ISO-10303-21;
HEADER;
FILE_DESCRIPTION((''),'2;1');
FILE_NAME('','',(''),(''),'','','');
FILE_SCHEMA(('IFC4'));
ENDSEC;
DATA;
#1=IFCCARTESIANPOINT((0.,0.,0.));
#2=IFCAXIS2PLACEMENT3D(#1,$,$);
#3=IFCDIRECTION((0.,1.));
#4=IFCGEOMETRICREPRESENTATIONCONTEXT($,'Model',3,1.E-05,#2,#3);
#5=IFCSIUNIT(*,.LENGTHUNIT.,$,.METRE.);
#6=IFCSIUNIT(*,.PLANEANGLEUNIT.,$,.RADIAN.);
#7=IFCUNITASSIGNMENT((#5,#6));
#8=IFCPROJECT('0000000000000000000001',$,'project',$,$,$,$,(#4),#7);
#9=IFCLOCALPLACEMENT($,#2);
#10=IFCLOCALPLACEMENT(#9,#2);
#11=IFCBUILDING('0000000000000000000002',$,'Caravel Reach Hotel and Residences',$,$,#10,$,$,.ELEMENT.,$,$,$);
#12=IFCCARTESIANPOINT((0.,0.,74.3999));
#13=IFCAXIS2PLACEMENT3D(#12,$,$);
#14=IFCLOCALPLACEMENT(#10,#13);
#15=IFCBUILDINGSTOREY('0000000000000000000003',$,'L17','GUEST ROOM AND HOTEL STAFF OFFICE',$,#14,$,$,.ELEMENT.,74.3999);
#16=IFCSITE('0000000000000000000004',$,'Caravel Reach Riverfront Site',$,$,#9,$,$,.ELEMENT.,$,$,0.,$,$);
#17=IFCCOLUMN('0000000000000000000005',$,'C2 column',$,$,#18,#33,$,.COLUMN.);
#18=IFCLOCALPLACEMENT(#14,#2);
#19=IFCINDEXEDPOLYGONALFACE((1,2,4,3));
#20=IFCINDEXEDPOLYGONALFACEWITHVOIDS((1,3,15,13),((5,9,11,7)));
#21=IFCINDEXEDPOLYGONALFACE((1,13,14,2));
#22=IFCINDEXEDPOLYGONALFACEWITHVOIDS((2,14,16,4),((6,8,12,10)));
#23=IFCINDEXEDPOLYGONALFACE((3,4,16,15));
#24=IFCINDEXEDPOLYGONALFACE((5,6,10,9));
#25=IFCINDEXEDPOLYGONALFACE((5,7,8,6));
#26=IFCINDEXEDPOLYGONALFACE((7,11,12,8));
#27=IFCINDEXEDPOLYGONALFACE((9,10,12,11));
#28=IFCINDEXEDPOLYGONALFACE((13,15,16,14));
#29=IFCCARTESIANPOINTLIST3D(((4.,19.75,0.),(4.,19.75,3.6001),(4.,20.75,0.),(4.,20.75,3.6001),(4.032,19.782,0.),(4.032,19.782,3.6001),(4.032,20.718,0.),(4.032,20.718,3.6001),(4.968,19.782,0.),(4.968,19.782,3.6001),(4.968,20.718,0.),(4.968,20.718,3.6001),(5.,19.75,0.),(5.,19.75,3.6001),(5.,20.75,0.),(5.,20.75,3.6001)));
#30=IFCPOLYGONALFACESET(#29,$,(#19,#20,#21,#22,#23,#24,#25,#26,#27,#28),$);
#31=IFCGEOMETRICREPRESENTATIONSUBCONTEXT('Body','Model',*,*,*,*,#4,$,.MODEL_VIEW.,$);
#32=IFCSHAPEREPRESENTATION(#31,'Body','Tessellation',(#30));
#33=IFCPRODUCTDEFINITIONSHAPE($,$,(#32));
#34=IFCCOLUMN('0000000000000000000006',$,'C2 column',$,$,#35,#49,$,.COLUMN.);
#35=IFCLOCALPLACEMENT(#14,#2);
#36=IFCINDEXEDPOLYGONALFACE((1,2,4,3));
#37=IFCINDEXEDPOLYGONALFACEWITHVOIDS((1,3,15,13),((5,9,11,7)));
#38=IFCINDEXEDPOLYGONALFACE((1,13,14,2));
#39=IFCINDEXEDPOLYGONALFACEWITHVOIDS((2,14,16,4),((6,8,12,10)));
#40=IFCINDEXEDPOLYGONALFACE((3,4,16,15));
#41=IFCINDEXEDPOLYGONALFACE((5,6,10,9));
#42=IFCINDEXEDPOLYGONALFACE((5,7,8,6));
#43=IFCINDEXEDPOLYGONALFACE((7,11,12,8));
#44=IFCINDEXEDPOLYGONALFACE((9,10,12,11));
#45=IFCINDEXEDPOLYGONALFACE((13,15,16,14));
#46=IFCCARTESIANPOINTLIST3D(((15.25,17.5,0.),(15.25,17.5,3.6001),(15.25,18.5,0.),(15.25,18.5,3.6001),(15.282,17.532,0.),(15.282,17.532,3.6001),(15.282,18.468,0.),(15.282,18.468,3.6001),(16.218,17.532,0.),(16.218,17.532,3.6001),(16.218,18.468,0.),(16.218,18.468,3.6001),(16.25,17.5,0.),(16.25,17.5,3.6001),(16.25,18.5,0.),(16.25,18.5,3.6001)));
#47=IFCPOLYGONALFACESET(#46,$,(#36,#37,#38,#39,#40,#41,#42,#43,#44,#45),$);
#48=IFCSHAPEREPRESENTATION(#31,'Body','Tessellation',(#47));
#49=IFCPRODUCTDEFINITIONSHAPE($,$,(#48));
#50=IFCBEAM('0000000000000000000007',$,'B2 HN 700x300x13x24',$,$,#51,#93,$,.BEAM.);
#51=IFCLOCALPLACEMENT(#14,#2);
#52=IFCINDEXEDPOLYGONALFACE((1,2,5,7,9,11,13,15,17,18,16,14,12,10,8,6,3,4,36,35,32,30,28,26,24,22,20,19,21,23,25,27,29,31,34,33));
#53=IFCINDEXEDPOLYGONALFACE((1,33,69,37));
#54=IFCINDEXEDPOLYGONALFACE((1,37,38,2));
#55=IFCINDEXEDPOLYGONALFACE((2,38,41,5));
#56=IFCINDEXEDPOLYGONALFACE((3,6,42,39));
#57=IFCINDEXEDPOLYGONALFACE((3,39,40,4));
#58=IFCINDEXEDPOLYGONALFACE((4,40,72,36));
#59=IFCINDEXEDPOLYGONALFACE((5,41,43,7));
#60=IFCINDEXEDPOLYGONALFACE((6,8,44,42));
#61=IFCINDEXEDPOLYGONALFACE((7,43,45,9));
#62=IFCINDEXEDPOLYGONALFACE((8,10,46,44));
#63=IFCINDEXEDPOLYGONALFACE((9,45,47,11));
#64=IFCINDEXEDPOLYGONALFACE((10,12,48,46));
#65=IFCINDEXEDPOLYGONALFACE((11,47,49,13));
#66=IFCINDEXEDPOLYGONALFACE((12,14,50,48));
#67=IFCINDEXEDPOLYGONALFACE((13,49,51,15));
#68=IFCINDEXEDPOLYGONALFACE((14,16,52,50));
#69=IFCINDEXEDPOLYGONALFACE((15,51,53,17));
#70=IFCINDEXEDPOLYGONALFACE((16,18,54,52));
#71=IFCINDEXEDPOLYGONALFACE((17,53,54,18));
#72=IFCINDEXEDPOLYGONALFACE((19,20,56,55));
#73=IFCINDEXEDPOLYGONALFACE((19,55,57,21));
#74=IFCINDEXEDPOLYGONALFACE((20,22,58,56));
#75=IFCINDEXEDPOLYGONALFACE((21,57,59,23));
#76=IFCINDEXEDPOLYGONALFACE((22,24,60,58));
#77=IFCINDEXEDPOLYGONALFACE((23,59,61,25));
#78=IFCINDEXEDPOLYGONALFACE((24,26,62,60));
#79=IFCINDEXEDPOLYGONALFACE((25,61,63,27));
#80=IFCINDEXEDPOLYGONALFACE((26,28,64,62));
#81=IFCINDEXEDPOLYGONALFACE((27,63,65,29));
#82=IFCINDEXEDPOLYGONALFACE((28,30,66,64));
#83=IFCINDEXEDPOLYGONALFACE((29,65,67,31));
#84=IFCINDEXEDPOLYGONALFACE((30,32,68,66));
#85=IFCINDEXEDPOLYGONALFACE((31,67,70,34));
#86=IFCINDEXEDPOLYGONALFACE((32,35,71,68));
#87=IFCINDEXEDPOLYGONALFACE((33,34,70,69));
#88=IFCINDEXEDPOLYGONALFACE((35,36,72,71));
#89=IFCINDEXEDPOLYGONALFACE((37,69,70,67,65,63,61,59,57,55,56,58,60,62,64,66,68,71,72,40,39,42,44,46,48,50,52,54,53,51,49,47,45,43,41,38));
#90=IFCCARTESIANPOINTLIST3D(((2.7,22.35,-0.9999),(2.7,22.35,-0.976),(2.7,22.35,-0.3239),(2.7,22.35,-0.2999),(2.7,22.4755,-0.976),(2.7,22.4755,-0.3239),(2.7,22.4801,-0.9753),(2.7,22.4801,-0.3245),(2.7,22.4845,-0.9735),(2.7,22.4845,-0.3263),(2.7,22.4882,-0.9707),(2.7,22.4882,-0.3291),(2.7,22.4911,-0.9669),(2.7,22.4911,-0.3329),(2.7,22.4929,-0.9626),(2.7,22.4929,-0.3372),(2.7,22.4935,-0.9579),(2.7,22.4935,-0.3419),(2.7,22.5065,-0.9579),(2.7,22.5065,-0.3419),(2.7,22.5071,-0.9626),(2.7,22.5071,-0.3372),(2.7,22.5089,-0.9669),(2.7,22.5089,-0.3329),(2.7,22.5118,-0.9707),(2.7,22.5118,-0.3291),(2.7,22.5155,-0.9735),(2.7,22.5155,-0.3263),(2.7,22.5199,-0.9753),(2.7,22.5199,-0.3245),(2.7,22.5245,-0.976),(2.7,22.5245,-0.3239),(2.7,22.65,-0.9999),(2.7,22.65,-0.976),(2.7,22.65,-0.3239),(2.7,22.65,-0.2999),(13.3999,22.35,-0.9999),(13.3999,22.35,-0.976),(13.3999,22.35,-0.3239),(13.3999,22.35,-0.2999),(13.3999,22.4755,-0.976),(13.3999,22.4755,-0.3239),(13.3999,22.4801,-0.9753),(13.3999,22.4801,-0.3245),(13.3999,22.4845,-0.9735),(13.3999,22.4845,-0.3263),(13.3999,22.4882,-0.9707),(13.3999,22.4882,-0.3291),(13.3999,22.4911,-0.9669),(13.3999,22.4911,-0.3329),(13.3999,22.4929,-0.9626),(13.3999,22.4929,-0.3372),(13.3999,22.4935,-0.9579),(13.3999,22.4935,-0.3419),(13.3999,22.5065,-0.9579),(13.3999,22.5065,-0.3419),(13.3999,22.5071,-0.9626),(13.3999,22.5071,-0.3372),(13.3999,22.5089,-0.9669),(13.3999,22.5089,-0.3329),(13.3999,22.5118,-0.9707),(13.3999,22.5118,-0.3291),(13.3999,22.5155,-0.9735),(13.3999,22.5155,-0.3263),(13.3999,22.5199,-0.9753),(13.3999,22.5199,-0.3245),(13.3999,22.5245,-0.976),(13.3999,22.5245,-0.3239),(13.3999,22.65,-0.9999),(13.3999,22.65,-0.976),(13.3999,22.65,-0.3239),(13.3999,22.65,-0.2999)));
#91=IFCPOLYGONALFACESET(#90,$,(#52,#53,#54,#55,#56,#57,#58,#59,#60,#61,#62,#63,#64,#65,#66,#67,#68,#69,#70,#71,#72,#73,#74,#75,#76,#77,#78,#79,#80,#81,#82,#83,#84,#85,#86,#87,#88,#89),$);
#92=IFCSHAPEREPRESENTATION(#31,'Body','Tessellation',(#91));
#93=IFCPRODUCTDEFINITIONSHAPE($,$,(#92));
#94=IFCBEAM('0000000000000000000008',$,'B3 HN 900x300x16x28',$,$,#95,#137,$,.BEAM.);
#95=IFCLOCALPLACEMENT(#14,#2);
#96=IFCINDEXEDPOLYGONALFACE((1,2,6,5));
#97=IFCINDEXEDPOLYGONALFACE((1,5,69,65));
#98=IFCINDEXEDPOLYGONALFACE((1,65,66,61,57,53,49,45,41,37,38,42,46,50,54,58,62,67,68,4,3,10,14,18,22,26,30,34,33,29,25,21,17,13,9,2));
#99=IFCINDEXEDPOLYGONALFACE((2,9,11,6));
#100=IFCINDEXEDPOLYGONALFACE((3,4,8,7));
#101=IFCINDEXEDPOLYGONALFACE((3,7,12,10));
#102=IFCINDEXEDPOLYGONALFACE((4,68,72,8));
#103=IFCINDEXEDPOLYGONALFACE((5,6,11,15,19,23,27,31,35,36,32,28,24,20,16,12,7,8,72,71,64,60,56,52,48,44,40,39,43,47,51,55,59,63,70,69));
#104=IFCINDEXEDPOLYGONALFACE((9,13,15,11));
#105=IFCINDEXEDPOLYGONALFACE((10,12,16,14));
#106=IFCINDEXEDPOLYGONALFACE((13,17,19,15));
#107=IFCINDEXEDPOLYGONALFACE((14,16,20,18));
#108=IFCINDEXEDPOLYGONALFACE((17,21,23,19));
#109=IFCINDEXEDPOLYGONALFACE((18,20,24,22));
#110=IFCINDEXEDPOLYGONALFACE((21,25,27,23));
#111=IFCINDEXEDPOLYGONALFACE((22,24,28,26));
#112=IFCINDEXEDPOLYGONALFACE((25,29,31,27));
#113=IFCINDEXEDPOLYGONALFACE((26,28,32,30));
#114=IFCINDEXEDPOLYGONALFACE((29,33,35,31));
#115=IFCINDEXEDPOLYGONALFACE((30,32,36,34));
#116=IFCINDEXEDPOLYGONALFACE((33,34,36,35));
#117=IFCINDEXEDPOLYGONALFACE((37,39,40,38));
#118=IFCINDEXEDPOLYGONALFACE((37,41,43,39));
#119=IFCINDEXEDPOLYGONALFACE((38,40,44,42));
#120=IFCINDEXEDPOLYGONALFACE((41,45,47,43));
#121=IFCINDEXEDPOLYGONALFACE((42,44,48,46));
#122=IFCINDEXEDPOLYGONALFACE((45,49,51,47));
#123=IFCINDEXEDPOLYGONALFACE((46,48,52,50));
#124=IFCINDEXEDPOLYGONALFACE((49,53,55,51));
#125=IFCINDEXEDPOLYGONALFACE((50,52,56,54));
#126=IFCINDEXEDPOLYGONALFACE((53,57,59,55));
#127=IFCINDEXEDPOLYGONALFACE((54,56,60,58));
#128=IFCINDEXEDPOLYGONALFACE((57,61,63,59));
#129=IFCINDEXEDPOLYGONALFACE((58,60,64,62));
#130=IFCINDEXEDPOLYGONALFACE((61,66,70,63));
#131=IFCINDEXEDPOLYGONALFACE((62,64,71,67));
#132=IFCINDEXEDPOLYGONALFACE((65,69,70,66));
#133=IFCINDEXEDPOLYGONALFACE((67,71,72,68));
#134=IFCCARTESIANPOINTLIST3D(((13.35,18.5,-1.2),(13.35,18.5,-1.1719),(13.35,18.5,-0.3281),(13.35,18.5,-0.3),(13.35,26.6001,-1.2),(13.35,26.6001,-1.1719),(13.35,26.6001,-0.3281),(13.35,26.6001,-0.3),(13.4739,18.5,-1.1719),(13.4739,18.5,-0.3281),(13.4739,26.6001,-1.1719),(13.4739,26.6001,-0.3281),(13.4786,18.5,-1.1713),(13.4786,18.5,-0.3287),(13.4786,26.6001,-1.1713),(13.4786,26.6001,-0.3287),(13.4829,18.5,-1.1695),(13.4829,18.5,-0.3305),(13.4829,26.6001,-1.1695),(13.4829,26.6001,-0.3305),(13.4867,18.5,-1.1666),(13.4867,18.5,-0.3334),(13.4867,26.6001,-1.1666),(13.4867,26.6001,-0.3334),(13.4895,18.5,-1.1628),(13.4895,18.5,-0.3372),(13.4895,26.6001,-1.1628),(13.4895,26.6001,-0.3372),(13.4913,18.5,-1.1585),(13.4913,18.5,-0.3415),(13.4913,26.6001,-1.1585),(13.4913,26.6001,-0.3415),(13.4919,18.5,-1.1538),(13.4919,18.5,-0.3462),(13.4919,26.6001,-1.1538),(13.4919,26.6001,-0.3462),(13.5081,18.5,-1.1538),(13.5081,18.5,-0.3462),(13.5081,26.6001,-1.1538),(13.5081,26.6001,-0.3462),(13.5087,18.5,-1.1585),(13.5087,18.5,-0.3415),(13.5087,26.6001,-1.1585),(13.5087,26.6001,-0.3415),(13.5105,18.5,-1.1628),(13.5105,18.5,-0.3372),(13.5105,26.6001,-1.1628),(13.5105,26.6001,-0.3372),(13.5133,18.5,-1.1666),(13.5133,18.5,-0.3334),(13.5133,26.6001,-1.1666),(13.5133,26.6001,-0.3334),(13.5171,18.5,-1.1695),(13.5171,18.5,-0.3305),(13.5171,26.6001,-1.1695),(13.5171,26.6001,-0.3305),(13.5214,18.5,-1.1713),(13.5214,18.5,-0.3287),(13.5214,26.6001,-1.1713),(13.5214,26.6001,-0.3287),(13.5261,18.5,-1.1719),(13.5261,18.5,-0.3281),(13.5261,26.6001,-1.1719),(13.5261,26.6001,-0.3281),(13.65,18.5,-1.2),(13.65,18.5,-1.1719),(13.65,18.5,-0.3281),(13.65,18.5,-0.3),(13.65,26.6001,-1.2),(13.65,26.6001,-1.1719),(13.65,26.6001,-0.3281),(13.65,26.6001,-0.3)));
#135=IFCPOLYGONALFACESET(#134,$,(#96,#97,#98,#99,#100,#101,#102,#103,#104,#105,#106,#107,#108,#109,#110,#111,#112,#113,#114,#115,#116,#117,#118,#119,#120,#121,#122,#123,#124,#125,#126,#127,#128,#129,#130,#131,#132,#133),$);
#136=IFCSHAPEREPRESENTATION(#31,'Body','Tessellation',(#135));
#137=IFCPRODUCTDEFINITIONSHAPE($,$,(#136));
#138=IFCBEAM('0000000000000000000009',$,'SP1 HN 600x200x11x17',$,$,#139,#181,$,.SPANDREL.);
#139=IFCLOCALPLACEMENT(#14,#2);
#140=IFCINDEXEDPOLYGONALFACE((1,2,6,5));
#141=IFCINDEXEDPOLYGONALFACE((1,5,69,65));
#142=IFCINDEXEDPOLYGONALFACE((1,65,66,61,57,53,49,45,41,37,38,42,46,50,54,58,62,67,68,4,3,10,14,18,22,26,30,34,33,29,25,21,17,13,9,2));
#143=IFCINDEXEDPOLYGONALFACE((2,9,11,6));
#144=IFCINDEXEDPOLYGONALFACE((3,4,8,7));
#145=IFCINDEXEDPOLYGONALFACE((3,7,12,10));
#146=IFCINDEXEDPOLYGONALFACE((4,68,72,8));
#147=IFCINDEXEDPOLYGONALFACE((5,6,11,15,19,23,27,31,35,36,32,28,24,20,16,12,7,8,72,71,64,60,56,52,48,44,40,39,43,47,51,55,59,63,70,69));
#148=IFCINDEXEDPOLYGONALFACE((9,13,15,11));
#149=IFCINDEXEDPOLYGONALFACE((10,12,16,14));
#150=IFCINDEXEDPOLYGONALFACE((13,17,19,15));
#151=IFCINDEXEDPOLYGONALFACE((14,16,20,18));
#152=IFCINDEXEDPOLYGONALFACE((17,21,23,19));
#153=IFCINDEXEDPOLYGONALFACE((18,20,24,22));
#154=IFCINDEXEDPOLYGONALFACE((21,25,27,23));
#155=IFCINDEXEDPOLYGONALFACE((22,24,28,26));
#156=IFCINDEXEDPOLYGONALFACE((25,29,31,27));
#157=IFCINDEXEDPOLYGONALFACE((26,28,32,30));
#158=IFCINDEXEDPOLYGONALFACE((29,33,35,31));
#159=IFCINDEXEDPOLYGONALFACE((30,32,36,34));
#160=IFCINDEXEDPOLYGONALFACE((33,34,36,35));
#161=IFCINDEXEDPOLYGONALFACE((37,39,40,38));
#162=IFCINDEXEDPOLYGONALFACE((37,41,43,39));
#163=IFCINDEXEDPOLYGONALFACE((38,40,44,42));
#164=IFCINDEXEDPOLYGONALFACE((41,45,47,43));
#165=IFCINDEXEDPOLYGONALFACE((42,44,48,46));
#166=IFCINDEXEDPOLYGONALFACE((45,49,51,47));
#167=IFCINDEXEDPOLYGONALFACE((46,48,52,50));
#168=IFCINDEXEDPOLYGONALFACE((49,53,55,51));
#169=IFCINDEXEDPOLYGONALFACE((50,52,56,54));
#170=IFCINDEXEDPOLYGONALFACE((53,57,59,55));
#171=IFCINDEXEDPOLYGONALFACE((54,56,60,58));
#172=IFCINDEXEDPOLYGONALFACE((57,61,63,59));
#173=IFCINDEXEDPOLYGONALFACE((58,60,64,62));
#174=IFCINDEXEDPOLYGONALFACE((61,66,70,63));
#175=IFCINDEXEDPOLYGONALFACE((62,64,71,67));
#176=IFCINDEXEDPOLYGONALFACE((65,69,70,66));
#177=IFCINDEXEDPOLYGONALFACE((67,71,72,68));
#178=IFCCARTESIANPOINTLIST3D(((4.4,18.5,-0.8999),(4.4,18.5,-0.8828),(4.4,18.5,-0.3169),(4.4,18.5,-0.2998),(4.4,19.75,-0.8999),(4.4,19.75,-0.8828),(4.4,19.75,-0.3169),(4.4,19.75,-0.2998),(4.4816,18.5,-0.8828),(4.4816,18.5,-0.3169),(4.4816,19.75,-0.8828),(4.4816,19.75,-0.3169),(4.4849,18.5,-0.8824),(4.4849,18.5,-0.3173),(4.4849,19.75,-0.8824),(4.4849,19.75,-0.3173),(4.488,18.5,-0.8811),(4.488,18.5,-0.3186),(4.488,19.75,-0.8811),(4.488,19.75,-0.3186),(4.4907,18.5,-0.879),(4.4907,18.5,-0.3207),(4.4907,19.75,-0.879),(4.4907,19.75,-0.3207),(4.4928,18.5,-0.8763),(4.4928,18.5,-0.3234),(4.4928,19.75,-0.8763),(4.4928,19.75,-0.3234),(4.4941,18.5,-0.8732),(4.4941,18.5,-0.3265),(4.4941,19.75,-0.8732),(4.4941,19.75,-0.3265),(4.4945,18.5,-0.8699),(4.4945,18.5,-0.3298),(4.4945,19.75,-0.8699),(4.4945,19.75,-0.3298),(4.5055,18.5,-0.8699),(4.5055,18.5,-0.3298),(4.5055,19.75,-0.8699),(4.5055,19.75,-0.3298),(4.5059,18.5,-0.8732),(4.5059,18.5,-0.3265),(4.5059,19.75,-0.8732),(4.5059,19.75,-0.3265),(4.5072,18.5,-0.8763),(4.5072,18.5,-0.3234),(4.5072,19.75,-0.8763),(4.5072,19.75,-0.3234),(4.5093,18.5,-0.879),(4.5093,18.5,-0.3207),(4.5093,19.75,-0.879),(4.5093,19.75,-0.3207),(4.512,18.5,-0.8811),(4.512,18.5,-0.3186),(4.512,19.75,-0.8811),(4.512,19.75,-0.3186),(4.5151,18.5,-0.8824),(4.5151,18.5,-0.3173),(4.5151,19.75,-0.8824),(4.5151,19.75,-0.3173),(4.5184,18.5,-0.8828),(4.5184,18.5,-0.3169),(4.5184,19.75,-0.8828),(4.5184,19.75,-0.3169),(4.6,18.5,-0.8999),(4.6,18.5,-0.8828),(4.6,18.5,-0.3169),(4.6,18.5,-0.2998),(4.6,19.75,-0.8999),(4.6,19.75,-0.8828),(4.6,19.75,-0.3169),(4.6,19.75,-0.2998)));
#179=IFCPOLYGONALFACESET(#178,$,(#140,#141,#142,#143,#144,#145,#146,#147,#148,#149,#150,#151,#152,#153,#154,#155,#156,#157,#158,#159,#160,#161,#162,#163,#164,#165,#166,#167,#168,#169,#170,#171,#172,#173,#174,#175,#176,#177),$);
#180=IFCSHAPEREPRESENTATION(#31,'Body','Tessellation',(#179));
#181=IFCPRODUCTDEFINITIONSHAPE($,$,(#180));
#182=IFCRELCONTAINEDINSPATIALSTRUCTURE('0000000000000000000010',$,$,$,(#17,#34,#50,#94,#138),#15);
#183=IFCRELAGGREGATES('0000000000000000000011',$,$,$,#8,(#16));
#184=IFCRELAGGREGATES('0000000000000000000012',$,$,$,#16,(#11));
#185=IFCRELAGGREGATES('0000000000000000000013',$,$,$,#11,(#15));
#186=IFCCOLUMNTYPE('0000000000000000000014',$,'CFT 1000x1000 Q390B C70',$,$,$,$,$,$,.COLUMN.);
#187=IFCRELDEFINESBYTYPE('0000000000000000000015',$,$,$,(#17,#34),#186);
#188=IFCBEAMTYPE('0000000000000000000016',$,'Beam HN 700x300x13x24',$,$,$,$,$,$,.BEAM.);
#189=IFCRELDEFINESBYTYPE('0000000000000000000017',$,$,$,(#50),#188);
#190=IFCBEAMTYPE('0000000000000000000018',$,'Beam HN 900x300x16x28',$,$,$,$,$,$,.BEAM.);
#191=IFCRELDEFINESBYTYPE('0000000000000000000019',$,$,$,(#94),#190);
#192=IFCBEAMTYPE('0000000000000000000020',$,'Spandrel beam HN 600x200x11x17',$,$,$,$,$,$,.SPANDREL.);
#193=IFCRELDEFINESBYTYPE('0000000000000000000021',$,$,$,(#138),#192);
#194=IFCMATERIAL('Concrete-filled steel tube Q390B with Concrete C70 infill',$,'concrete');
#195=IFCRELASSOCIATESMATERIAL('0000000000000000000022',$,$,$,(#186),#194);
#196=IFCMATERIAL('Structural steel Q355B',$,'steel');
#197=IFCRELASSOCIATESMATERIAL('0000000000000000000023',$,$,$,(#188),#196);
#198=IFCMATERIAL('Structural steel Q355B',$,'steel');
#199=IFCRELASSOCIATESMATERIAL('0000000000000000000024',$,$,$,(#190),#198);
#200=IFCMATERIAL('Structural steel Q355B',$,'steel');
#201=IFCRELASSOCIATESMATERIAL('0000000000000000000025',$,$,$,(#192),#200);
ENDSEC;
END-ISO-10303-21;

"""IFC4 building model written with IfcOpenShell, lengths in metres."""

from ifc_helpers import new_model, si_unit, direction, frame, origin, origin_2d, place, context, subcontext, project, spatial, hollow_rectangle, i_section, extrude, material, material_profile, profile_set, type_object, element, save


model = new_model("IFC4")

# Units and contexts
model_context = context("Model", 3, precision=1e-05, world=origin(), true_north=direction((0.0, 1.0)))
body_context = subcontext(model_context, "Body", "Model", "MODEL_VIEW")
ifc_project = project(units=[si_unit("LENGTHUNIT", "METRE"), si_unit("PLANEANGLEUNIT", "RADIAN")], contexts=[model_context])

# Site, building, storey
site_placement = place(None, origin())
site = spatial("IfcSite", under=ifc_project, at=site_placement, Name="Caravel Reach Riverfront Site", CompositionType="ELEMENT", RefElevation=0.0)
building_placement = place(site_placement, origin())
building = spatial("IfcBuilding", under=site, at=building_placement, Name="Caravel Reach Hotel and Residences", CompositionType="ELEMENT")
storey_placement = place(building_placement, frame((0.0, 0.0, 74.3999)))
storey = spatial("IfcBuildingStorey", under=building, at=storey_placement, Name="L17", Description="GUEST ROOM AND HOTEL STAFF OFFICE", CompositionType="ELEMENT", Elevation=74.3999)

# Columns
ifc_material_1 = material(Name="Concrete-filled steel tube Q390B with Concrete C70 infill", Category="concrete")
ifc_material_profile_1 = material_profile(ifc_material_1, hollow_rectangle(XDim=1.0, YDim=1.0, WallThickness=0.032, at=origin_2d()), Name="RHS 1000x1000x32")
ifc_profile_set_1 = profile_set([ifc_material_profile_1], Name="Concrete-filled steel tube Q390B with Concrete C70 infill")
column_type = type_object("IfcColumnType", Name="CFT 1000x1000 Q390B C70", PredefinedType="COLUMN", material=ifc_profile_set_1)
for number, where, z_axis, x_axis, name in (
    (1, (4.5, 20.25, 0.0), (0.0, 0.0, 1.0), (1.0, 0.0, 0.0), "C2 column"),
    (2, (15.75, 18.0, 0.0), (0.0, 0.0, 1.0), (1.0, 0.0, 0.0), "C2 column"),
):
    element("IfcColumn", number, at=place(storey_placement, frame(where, z_axis=z_axis, x_axis=x_axis)), inside=storey, type_object=column_type, Name=name, PredefinedType="COLUMN", context=body_context, shape_type="SweptSolid", body=[
        extrude(hollow_rectangle(XDim=1.0, YDim=1.0, WallThickness=0.032, at=origin_2d()), origin(), (0.0, 0.0, 1.0), 3.6001),
    ])

# Beams
ifc_material_2 = material(Name="Structural steel Q355B", Category="steel")
ifc_material_profile_2 = material_profile(ifc_material_2, i_section(OverallWidth=0.3, OverallDepth=0.7, WebThickness=0.0129, FlangeThickness=0.0239, FilletRadius=0.0181, at=origin_2d()), Name="HN 700x300x13x24")
ifc_profile_set_2 = profile_set([ifc_material_profile_2], Name="Structural steel Q355B")
beam_type_1 = type_object("IfcBeamType", Name="Beam HN 700x300x13x24", PredefinedType="BEAM", material=ifc_profile_set_2)
beam_1_placement = place(storey_placement, frame((13.3999, 22.5, -0.6499), z_axis=(-1.0, 0.0, 0.0), x_axis=(0.0, -1.0, 0.0)))
element("IfcBeam", 3, at=beam_1_placement, inside=storey, type_object=beam_type_1, Name="B2 HN 700x300x13x24", PredefinedType="BEAM", context=body_context, shape_type="SweptSolid", body=[
    extrude(i_section(OverallWidth=0.3, OverallDepth=0.7, WebThickness=0.0129, FlangeThickness=0.0239, FilletRadius=0.0181, at=origin_2d()), origin(), (0.0, 0.0, 1.0), 10.7),
])
ifc_material_3 = material(Name="Structural steel Q355B", Category="steel")
ifc_material_profile_3 = material_profile(ifc_material_3, i_section(OverallWidth=0.3, OverallDepth=0.8999, WebThickness=0.0161, FlangeThickness=0.0281, FilletRadius=0.0181, at=origin_2d()), Name="HN 900x300x16x28")
ifc_profile_set_3 = profile_set([ifc_material_profile_3], Name="Structural steel Q355B")
beam_type_2 = type_object("IfcBeamType", Name="Beam HN 900x300x16x28", PredefinedType="BEAM", material=ifc_profile_set_3)
beam_2_placement = place(storey_placement, frame((13.5, 18.5, -0.75), z_axis=(0.0, 1.0, 0.0), x_axis=(-1.0, 0.0, 0.0)))
element("IfcBeam", 4, at=beam_2_placement, inside=storey, type_object=beam_type_2, Name="B3 HN 900x300x16x28", PredefinedType="BEAM", context=body_context, shape_type="SweptSolid", body=[
    extrude(i_section(OverallWidth=0.3, OverallDepth=0.8999, WebThickness=0.0161, FlangeThickness=0.0281, FilletRadius=0.0181, at=origin_2d()), origin(), (0.0, 0.0, 1.0), 8.1001),
])
ifc_material_4 = material(Name="Structural steel Q355B", Category="steel")
ifc_material_profile_4 = material_profile(ifc_material_4, i_section(OverallWidth=0.2, OverallDepth=0.6001, WebThickness=0.011, FlangeThickness=0.0171, FilletRadius=0.0129, at=origin_2d()), Name="HN 600x200x11x17")
ifc_profile_set_4 = profile_set([ifc_material_profile_4], Name="Structural steel Q355B")
beam_type_3 = type_object("IfcBeamType", Name="Spandrel beam HN 600x200x11x17", PredefinedType="SPANDREL", material=ifc_profile_set_4)
for number, where, z_axis, x_axis, name in (
    (5, (4.5, 19.75, -0.5999), (0.0, -1.0, 0.0), (1.0, 0.0, 0.0), "SP1 HN 600x200x11x17"),
):
    element("IfcBeam", number, at=place(storey_placement, frame(where, z_axis=z_axis, x_axis=x_axis)), inside=storey, type_object=beam_type_3, Name=name, PredefinedType="SPANDREL", context=body_context, shape_type="SweptSolid", body=[
        extrude(i_section(OverallWidth=0.2, OverallDepth=0.6001, WebThickness=0.011, FlangeThickness=0.0171, FilletRadius=0.0129, at=origin_2d()), origin(), (0.0, 0.0, 1.0), 1.25),
    ])

save(model, "model.ifc")
